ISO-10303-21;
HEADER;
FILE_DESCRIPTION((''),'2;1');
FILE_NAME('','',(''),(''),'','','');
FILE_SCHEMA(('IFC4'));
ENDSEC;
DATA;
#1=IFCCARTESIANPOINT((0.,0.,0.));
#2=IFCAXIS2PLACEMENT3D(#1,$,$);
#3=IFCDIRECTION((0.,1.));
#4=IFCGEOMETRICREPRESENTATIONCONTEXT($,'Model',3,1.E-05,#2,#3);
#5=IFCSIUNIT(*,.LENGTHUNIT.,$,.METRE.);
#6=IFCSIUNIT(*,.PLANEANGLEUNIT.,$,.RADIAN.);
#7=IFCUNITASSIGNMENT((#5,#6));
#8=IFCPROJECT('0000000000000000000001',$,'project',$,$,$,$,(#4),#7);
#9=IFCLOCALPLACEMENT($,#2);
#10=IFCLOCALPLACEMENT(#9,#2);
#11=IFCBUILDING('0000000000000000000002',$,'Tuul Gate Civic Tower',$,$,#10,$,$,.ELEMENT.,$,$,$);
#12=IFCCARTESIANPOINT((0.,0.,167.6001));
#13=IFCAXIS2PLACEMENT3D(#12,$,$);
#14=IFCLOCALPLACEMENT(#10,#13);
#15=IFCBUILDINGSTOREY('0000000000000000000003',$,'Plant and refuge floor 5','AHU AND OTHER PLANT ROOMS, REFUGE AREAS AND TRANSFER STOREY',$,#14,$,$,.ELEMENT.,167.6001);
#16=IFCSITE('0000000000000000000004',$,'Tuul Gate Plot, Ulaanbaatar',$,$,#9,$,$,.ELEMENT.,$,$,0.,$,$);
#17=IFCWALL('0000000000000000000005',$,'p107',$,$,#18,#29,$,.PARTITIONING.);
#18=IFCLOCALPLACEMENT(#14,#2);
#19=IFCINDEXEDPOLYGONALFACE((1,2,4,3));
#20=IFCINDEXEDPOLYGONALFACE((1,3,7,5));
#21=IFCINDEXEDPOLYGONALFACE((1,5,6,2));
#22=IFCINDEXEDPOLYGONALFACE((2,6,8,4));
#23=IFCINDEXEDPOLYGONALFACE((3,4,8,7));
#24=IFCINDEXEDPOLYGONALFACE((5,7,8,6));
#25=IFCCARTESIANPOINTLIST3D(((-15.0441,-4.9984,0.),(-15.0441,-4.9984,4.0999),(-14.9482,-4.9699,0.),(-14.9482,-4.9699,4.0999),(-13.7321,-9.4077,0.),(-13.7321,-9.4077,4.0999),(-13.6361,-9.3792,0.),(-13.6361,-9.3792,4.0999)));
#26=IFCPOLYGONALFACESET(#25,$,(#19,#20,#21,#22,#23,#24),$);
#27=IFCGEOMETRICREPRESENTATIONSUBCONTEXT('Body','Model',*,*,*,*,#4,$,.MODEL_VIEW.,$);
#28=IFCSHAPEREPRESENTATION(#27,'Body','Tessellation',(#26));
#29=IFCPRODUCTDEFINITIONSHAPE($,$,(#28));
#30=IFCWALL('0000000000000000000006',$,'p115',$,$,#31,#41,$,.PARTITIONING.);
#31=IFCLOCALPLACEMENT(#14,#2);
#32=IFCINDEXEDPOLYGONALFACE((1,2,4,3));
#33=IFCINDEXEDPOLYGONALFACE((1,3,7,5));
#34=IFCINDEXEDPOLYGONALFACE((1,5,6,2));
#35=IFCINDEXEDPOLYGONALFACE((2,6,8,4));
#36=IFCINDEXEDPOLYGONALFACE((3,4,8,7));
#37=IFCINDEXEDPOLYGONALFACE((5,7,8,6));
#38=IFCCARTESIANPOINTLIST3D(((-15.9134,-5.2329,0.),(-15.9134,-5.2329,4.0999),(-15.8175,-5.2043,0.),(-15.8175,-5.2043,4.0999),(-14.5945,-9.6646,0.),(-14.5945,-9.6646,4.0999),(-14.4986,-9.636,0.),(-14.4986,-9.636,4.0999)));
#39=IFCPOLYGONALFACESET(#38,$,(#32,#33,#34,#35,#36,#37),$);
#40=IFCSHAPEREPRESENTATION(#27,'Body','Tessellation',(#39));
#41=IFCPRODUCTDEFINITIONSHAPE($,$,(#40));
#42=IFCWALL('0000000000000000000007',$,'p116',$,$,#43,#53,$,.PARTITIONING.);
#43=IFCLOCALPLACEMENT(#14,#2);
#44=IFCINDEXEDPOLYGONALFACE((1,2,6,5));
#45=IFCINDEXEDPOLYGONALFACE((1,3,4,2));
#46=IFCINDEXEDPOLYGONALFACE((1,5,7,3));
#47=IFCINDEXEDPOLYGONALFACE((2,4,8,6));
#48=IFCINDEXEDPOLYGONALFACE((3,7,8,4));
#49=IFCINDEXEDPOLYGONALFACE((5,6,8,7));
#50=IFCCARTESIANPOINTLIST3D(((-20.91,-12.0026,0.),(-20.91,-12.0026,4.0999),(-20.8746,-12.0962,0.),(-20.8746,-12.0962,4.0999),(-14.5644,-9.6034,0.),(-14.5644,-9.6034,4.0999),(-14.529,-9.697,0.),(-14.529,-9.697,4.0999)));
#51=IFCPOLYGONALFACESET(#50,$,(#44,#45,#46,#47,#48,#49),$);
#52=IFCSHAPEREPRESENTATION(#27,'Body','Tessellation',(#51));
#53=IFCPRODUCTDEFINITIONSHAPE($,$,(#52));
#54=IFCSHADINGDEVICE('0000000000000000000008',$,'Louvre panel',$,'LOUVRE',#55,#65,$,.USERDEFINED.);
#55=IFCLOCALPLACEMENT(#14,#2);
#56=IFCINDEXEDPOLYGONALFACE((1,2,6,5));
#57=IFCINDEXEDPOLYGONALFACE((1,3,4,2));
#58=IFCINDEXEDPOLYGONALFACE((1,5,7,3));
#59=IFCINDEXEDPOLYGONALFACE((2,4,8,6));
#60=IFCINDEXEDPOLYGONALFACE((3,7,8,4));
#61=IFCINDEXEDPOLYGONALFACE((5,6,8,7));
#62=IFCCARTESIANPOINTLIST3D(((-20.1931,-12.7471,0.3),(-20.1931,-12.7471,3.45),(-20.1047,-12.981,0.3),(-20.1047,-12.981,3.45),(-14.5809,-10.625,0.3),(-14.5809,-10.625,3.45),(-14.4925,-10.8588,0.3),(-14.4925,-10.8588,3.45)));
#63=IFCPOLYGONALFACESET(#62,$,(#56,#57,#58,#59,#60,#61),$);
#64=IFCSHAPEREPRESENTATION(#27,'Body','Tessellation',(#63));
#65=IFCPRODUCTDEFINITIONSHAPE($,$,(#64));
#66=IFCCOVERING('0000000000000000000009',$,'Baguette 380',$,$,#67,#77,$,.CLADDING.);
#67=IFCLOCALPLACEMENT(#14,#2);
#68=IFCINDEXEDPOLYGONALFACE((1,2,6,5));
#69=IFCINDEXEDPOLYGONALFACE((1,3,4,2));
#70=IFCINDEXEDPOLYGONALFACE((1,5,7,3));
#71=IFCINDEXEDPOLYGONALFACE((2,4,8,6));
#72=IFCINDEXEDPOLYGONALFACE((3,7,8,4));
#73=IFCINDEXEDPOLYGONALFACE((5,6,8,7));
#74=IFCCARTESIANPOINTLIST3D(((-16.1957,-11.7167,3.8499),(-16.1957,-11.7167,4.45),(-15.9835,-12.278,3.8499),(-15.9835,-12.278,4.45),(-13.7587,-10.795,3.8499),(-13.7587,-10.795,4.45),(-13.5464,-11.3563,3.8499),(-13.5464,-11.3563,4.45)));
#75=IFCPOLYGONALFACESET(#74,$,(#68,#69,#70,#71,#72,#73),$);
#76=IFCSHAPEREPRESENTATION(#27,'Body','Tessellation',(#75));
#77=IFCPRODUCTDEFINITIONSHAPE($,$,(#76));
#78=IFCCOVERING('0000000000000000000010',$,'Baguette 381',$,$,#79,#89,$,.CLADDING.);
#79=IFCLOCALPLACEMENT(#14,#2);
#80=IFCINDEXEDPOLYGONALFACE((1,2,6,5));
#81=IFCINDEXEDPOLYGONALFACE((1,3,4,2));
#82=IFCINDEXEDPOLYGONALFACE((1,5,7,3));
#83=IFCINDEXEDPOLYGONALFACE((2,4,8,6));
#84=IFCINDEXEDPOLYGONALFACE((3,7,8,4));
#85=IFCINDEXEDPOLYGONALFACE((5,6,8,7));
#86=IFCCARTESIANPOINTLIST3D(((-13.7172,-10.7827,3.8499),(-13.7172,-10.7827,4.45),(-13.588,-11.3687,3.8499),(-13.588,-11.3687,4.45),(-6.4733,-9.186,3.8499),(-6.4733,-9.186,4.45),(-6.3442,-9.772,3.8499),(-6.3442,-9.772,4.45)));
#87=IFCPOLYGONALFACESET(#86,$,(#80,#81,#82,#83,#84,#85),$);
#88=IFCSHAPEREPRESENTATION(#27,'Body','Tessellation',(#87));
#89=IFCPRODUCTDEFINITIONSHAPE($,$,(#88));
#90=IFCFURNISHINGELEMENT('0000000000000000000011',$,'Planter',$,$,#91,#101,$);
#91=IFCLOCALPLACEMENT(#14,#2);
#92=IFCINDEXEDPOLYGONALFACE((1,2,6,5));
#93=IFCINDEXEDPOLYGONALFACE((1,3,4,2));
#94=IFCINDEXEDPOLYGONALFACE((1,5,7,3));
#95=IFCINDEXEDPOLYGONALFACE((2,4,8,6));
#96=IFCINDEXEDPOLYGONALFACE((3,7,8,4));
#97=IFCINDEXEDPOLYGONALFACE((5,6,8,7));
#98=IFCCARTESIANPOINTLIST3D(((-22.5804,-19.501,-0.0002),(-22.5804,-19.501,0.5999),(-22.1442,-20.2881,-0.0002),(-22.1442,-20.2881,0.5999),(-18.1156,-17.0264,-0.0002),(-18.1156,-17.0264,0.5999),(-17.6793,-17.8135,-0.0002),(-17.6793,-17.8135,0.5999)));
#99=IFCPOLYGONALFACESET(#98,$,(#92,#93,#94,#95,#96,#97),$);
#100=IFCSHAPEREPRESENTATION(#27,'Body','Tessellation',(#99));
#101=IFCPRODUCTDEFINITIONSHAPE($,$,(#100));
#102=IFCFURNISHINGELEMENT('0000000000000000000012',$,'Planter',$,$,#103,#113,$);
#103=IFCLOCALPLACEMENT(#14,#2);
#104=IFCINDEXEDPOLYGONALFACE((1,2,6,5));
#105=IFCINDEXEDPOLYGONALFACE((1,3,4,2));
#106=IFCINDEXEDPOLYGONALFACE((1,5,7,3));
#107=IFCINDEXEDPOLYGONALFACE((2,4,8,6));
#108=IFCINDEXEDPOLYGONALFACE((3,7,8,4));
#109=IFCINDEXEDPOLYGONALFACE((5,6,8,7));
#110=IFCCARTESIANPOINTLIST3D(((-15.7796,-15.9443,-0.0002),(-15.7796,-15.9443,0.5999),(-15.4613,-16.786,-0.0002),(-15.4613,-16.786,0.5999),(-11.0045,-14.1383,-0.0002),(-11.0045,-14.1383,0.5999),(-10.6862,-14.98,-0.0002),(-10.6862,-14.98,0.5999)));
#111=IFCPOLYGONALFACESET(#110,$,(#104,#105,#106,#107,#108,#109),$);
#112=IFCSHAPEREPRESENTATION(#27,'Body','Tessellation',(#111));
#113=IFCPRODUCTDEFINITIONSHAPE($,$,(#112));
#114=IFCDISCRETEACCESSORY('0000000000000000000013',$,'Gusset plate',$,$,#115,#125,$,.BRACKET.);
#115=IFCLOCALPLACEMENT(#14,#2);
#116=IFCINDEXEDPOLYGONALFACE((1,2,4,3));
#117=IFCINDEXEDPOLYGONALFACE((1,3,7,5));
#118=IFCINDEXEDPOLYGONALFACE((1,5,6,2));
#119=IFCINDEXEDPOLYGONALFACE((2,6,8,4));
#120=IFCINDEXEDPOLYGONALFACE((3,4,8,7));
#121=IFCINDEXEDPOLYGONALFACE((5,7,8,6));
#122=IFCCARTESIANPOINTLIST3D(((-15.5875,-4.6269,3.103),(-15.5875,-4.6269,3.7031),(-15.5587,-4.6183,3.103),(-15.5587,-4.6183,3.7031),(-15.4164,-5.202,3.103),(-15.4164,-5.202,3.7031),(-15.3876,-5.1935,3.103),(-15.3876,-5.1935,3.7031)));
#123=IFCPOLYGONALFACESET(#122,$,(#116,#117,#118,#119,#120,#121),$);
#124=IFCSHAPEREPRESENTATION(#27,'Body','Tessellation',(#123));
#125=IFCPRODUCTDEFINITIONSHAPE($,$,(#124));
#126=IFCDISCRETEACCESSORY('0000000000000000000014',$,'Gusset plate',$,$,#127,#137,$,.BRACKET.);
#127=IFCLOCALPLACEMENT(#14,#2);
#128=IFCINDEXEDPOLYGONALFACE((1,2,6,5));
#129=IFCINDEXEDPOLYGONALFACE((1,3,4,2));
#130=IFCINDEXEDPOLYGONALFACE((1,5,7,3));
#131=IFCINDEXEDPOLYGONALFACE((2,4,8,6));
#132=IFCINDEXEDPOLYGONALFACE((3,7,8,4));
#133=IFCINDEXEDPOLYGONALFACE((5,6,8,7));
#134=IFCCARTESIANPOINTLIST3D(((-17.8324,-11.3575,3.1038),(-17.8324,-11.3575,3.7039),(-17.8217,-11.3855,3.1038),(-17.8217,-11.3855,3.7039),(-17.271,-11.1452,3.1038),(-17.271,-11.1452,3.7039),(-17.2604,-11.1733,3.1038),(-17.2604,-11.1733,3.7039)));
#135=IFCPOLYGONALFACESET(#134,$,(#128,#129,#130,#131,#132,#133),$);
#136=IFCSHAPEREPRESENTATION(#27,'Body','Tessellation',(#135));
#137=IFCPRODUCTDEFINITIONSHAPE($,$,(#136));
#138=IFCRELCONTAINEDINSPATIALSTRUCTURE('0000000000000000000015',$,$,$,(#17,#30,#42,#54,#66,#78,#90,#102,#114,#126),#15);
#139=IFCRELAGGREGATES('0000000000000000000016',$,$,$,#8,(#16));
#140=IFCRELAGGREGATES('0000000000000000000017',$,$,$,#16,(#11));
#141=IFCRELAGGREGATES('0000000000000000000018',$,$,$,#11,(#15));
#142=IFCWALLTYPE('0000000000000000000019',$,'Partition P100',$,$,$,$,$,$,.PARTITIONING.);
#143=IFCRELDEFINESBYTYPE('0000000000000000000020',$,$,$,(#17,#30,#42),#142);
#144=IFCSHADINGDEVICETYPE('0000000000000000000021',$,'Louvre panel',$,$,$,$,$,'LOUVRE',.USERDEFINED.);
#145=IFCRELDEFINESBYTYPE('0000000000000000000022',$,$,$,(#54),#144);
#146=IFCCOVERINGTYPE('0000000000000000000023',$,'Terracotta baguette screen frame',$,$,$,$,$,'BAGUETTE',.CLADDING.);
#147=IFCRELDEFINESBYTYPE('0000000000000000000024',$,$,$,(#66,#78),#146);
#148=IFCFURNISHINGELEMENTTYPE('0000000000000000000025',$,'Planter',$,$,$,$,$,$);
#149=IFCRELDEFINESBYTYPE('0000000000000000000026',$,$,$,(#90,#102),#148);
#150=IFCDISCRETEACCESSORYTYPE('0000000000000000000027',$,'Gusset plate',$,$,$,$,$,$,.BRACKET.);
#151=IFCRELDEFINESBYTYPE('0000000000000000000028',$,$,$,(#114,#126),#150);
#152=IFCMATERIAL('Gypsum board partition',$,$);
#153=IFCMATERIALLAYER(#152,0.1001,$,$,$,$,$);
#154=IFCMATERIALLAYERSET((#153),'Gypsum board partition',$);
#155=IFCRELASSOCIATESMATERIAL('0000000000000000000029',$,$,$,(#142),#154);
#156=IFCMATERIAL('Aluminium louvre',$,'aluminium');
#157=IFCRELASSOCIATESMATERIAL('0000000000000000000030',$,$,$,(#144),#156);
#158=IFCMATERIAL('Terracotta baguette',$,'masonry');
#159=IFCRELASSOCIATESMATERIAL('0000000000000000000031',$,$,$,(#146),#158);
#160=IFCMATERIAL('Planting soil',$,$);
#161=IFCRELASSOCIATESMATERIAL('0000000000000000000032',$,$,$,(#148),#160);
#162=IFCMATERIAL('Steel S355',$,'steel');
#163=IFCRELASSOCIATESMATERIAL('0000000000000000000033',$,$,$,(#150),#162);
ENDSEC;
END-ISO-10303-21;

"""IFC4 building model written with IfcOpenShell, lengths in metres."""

from ifc_helpers import new_model, si_unit, direction, frame, frame_2d, origin, origin_2d, place, context, subcontext, project, spatial, rectangle, extrude, material, layer, layer_set, material_profile, profile_set, type_object, element, save


model = new_model("IFC4")

# Units and contexts
model_context = context("Model", 3, precision=1e-05, world=origin(), true_north=direction((0.0, 1.0)))
body_context = subcontext(model_context, "Body", "Model", "MODEL_VIEW")
ifc_project = project(units=[si_unit("LENGTHUNIT", "METRE"), si_unit("PLANEANGLEUNIT", "RADIAN")], contexts=[model_context])

# Site, building, storey
site_placement = place(None, origin())
site = spatial("IfcSite", under=ifc_project, at=site_placement, Name="Tuul Gate Plot, Ulaanbaatar", CompositionType="ELEMENT", RefElevation=0.0)
building_placement = place(site_placement, origin())
building = spatial("IfcBuilding", under=site, at=building_placement, Name="Tuul Gate Civic Tower", CompositionType="ELEMENT")
storey_placement = place(building_placement, frame((0.0, 0.0, 167.6001)))
storey = spatial("IfcBuildingStorey", under=building, at=storey_placement, Name="Plant and refuge floor 5", Description="AHU AND OTHER PLANT ROOMS, REFUGE AREAS AND TRANSFER STOREY", CompositionType="ELEMENT", Elevation=167.6001)

# Walls
ifc_material_1 = material(Name="Gypsum board partition")
ifc_layer_1 = layer(ifc_material_1, 0.1001)
ifc_layer_set_1 = layer_set([ifc_layer_1], Name="Gypsum board partition")
wall_type_1 = type_object("IfcWallType", Name="Partition P100", PredefinedType="PARTITIONING", material=ifc_layer_set_1)
wall_1_placement = place(storey_placement, frame((-13.6841, -9.3936, 0.0), z_axis=(0.0, 0.0, 1.0), x_axis=(-0.285205, 0.958467, 0.0)))
element("IfcWall", 1, at=wall_1_placement, inside=storey, type_object=wall_type_1, Name="p107", PredefinedType="PARTITIONING", context=body_context, shape_type="SweptSolid", body=[
    extrude(rectangle(XDim=4.6003, YDim=0.1001, at=frame_2d((2.3003, 0.0))), origin(), (0.0, 0.0, 1.0), 4.0999),
])
wall_2_placement = place(storey_placement, frame((-15.8655, -5.2185, 0.0), z_axis=(0.0, 0.0, 1.0), x_axis=(0.285235, -0.958458, 0.0)))
element("IfcWall", 2, at=wall_2_placement, inside=storey, type_object=wall_type_1, Name="p115", PredefinedType="PARTITIONING", context=body_context, shape_type="SweptSolid", body=[
    extrude(rectangle(XDim=4.6238, YDim=0.1001, at=frame_2d((2.312, 0.0))), origin(), (0.0, 0.0, 1.0), 4.0999),
])
wall_3_placement = place(storey_placement, frame((-14.5466, -9.6501, 0.0), z_axis=(0.0, 0.0, 1.0), x_axis=(-0.935375, -0.353658, 0.0)))
element("IfcWall", 3, at=wall_3_placement, inside=storey, type_object=wall_type_1, Name="p116", PredefinedType="PARTITIONING", context=body_context, shape_type="SweptSolid", body=[
    extrude(rectangle(XDim=6.7839, YDim=0.1001, at=frame_2d((3.3921, 0.0))), origin(), (0.0, 0.0, 1.0), 4.0999),
])

# Shading device
ifc_material_2 = material(Name="Aluminium louvre", Category="aluminium")
shading_device_type = type_object("IfcShadingDeviceType", Name="Louvre panel", ElementType="LOUVRE", PredefinedType="USERDEFINED", material=ifc_material_2)
shading_device_placement = place(storey_placement, frame((-17.3428, -11.803, 0.3), z_axis=(0.0, 0.0, 1.0), x_axis=(0.353685, -0.935365, 0.0)))
element("IfcShadingDevice", 4, at=shading_device_placement, inside=storey, type_object=shading_device_type, Name="Louvre panel", ObjectType="LOUVRE", PredefinedType="USERDEFINED", context=body_context, shape_type="SweptSolid", body=[
    extrude(rectangle(XDim=0.25, YDim=6.0, at=origin_2d()), origin(), (0.0, 0.0, 1.0), 3.1499),
])

# Coverings
ifc_material_3 = material(Name="Terracotta baguette", Category="masonry")
ifc_material_profile_1 = material_profile(ifc_material_3, rectangle(XDim=0.6001, YDim=0.6001, at=origin_2d()), Name="Terracotta baguette screen frame")
ifc_profile_set_1 = profile_set([ifc_material_profile_1], Name="Terracotta baguette")
covering_type = type_object("IfcCoveringType", Name="Terracotta baguette screen frame", ElementType="BAGUETTE", PredefinedType="CLADDING", material=ifc_profile_set_1)
covering_1_placement = place(storey_placement, frame((-16.0896, -11.9973, 4.1499), z_axis=(0.935347, 0.35373, 0.0), x_axis=(-0.35373, 0.935347, 0.0)))
element("IfcCovering", 5, at=covering_1_placement, inside=storey, type_object=covering_type, Name="Baguette 380", PredefinedType="CLADDING", context=body_context, shape_type="SweptSolid", body=[
    extrude(rectangle(XDim=0.6001, YDim=0.6001, at=origin_2d()), origin(), (0.0, 0.0, 1.0), 2.6055),
])
covering_2_placement = place(storey_placement, frame((-13.6526, -11.0757, 4.1499), z_axis=(0.976559, 0.21525, 0.0), x_axis=(-0.21525, 0.976559, 0.0)))
element("IfcCovering", 6, at=covering_2_placement, inside=storey, type_object=covering_type, Name="Baguette 381", PredefinedType="CLADDING", context=body_context, shape_type="SweptSolid", body=[
    extrude(rectangle(XDim=0.6001, YDim=0.6001, at=origin_2d()), origin(), (0.0, 0.0, 1.0), 7.4177),
])

# Furnishing elements
ifc_material_4 = material(Name="Planting soil")
furnishing_element_type = type_object("IfcFurnishingElementType", Name="Planter", material=ifc_material_4)
furnishing_1_placement = place(storey_placement, frame((-20.1299, -18.6572, -0.0002), z_axis=(0.0, 0.0, 1.0), x_axis=(0.874647, 0.48476, 0.0)))
element("IfcFurnishingElement", 7, at=furnishing_1_placement, inside=storey, type_object=furnishing_element_type, Name="Planter", context=body_context, shape_type="SweptSolid", body=[
    extrude(rectangle(XDim=5.1047, YDim=0.8999, at=origin_2d()), origin(), (0.0, 0.0, 1.0), 0.6001),
])
furnishing_2_placement = place(storey_placement, frame((-13.2329, -15.4622, -0.0002), z_axis=(0.0, 0.0, 1.0), x_axis=(0.93534, 0.35375, 0.0)))
element("IfcFurnishingElement", 8, at=furnishing_2_placement, inside=storey, type_object=furnishing_element_type, Name="Planter", context=body_context, shape_type="SweptSolid", body=[
    extrude(rectangle(XDim=5.1052, YDim=0.8999, at=origin_2d()), origin(), (0.0, 0.0, 1.0), 0.6001),
])

# Discrete accessories
ifc_material_5 = material(Name="Steel S355", Category="steel")
discrete_accessory_type = type_object("IfcDiscreteAccessoryType", Name="Gusset plate", PredefinedType="BRACKET", material=ifc_material_5)
for number, where, z_axis, x_axis, name in (
    (9, (-15.4875, -4.9102, 3.103), (0.0, 0.0, 1.0), (-0.285212, 0.958464, 0.0), "Gusset plate"),
    (10, (-17.5464, -11.2654, 3.1038), (0.0, 0.0, 1.0), (-0.935368, -0.353677, 0.0), "Gusset plate"),
):
    element("IfcDiscreteAccessory", number, at=place(storey_placement, frame(where, z_axis=z_axis, x_axis=x_axis)), inside=storey, type_object=discrete_accessory_type, Name=name, PredefinedType="BRACKET", context=body_context, shape_type="SweptSolid", body=[
        extrude(rectangle(XDim=0.6001, YDim=0.03, at=origin_2d()), origin(), (0.0, 0.0, 1.0), 0.6001),
    ])

save(model, "model.ifc")
